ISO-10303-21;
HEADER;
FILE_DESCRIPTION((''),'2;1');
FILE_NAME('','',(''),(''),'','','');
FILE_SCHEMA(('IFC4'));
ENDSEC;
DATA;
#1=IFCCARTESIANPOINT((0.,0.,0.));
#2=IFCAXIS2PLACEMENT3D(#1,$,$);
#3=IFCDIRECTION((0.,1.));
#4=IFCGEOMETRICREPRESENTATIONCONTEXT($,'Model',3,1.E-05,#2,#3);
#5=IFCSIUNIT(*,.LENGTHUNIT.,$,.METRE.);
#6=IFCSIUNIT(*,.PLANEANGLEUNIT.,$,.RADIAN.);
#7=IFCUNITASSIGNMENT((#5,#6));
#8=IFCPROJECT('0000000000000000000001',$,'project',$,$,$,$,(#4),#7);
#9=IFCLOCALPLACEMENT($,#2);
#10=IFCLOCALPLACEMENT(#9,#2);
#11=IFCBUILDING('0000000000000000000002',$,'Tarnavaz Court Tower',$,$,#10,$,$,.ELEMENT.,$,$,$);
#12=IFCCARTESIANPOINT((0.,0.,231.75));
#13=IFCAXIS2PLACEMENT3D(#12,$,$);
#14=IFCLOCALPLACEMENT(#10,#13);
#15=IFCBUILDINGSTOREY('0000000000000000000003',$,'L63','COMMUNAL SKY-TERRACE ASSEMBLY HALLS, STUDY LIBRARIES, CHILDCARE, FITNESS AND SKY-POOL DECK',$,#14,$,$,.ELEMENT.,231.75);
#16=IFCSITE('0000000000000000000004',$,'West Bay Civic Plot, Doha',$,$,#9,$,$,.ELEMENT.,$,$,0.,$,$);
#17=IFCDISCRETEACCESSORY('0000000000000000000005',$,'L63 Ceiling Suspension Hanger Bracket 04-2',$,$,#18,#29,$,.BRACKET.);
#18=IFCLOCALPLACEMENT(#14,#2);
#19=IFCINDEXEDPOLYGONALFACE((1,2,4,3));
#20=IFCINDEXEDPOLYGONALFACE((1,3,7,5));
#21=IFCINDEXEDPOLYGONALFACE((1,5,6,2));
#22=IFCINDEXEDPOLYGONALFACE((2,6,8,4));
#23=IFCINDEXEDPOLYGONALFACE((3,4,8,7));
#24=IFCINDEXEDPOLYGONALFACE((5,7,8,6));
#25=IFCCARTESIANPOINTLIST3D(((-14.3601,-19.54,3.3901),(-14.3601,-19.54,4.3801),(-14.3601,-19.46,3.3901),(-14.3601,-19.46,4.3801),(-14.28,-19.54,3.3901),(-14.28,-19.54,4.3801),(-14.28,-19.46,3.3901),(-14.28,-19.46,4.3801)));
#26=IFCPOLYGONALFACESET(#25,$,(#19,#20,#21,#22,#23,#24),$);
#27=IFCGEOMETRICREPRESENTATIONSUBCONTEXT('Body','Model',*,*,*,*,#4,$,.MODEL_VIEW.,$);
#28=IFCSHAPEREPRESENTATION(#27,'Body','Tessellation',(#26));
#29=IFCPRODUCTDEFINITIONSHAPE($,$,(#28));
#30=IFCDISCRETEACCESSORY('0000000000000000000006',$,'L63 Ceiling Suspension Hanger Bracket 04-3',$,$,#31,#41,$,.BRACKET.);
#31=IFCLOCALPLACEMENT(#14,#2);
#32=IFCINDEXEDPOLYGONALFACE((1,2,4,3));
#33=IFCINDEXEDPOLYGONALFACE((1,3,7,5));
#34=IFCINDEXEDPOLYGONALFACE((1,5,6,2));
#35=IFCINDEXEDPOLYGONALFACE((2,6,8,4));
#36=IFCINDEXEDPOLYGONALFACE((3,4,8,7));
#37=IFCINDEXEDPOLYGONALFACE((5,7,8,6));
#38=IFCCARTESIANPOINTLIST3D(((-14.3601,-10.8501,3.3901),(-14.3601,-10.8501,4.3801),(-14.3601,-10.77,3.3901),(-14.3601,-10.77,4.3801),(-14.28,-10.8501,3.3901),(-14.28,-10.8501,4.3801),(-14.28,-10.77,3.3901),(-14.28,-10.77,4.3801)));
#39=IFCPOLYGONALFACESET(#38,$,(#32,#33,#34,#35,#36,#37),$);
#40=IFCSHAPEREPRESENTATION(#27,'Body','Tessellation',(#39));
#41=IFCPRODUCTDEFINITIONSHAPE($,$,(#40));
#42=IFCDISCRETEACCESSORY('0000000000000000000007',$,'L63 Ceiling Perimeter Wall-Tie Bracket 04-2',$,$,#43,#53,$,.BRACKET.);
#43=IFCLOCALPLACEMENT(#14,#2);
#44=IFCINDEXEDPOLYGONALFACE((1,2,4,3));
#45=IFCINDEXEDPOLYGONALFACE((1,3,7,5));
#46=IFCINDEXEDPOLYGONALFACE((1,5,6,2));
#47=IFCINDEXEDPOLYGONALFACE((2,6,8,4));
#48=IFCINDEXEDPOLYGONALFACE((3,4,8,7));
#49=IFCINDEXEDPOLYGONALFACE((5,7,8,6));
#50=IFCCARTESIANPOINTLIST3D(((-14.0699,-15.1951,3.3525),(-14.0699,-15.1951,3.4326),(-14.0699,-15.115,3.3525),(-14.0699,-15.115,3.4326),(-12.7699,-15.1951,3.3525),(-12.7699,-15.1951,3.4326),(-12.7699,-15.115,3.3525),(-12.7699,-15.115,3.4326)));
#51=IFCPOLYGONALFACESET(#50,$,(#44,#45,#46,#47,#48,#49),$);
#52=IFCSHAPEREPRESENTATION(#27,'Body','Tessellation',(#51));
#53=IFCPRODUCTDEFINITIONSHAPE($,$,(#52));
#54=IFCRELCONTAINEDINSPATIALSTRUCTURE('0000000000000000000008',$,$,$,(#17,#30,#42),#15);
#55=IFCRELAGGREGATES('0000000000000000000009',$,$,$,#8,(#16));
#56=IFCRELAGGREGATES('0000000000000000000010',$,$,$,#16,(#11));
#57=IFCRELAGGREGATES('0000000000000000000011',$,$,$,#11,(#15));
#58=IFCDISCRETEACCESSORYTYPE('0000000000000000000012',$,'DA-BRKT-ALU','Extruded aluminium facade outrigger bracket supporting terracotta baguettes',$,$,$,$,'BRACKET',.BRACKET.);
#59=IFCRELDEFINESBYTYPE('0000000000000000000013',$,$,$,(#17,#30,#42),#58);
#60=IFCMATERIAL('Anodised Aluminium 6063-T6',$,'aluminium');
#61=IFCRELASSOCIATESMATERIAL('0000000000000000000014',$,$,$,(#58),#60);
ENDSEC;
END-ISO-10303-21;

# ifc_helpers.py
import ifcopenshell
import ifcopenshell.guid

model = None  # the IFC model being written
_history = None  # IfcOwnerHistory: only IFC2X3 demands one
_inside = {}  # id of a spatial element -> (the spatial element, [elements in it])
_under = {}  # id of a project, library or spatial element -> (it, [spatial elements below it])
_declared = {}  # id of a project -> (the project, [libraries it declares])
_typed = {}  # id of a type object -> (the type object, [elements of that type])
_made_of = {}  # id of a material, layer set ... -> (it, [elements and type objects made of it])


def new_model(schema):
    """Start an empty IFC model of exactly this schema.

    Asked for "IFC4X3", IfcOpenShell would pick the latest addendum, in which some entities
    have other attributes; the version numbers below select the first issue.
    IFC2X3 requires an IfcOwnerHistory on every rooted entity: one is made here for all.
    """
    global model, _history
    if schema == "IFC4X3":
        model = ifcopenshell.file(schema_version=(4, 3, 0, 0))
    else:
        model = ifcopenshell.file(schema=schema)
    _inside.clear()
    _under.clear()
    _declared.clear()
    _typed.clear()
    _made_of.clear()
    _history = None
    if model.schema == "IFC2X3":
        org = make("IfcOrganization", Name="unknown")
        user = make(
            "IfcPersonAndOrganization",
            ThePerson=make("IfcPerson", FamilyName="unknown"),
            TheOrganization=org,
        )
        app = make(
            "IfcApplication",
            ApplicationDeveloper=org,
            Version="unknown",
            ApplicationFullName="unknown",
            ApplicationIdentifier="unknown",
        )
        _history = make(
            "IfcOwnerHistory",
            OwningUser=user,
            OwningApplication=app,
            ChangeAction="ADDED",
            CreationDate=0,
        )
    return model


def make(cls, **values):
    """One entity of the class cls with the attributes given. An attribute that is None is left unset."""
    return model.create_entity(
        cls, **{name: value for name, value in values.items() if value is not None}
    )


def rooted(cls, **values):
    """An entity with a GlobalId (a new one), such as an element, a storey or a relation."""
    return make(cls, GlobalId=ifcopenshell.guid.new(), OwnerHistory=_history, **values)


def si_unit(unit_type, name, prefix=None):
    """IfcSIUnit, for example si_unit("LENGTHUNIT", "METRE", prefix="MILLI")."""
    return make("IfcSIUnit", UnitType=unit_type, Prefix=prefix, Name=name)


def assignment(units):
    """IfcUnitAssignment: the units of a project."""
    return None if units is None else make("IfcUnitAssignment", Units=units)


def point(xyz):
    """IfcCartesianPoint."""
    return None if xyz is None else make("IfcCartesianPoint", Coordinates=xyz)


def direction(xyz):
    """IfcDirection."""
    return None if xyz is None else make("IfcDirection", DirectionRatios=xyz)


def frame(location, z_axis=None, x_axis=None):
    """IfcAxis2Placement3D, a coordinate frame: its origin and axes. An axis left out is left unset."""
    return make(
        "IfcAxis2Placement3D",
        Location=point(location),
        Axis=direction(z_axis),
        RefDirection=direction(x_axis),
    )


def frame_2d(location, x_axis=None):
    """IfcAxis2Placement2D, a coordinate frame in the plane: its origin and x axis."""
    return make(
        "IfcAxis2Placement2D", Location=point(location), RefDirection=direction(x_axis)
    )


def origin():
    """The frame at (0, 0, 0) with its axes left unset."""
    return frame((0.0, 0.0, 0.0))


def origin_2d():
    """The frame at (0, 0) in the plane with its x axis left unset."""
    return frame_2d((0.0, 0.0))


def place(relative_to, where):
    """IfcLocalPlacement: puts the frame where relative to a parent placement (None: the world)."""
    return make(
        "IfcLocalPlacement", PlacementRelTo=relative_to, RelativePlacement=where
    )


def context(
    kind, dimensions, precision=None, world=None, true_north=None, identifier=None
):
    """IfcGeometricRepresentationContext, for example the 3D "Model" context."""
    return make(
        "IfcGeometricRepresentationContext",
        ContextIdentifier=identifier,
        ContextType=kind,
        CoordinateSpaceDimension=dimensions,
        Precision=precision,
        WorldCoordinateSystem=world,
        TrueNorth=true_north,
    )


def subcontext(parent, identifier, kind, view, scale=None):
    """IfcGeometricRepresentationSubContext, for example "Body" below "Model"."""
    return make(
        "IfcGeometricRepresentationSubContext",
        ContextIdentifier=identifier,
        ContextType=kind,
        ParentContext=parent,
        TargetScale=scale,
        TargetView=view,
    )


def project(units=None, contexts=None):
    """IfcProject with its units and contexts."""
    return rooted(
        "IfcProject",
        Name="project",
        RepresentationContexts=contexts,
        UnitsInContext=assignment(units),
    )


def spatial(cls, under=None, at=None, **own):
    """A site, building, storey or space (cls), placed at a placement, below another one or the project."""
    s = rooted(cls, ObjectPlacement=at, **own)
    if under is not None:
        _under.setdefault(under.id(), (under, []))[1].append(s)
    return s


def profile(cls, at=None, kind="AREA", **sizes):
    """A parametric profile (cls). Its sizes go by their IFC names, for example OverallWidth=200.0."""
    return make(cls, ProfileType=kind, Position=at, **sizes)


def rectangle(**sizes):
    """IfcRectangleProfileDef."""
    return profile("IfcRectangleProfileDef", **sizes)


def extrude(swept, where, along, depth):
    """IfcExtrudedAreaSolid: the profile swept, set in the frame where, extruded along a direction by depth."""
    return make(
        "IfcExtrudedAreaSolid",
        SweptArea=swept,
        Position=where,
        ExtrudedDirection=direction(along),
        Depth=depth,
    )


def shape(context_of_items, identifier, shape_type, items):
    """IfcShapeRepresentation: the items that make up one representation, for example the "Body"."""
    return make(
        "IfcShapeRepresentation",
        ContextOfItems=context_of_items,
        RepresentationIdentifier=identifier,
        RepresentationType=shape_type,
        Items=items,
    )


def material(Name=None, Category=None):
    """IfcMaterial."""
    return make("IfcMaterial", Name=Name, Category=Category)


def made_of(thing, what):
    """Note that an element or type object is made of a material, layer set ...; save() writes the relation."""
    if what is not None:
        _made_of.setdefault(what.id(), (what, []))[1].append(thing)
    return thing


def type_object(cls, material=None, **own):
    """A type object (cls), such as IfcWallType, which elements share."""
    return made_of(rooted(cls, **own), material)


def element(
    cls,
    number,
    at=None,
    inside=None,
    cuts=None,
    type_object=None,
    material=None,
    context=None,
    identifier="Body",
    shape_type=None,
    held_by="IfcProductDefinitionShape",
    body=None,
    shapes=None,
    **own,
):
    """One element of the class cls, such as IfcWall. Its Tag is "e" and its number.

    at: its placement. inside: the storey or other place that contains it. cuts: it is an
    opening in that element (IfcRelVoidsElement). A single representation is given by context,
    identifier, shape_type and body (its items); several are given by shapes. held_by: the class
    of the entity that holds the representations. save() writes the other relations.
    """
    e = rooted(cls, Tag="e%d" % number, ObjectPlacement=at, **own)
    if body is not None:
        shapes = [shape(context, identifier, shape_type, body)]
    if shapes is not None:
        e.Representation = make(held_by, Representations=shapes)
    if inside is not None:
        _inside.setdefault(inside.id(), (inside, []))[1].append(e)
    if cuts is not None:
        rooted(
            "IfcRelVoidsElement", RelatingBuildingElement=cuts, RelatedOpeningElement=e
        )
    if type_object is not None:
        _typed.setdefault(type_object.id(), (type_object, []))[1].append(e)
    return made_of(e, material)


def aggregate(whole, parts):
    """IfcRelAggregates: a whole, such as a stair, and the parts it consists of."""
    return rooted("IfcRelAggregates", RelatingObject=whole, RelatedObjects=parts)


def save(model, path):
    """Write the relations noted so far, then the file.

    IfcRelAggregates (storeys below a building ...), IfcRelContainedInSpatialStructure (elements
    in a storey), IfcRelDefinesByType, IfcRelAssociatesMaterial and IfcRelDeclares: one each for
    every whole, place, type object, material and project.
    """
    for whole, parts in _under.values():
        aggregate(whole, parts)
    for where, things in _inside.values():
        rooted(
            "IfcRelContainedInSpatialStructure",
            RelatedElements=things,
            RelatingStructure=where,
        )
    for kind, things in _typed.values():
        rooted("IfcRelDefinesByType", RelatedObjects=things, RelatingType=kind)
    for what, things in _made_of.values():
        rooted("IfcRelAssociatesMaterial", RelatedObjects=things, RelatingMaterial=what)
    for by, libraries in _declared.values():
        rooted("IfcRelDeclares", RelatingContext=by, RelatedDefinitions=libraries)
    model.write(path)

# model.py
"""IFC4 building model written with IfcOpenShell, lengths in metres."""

from ifc_helpers import new_model, si_unit, direction, frame, origin, origin_2d, place, context, subcontext, project, spatial, rectangle, extrude, material, type_object, element, save


model = new_model("IFC4")

# Units and contexts
model_context = context("Model", 3, precision=1e-05, world=origin(), true_north=direction((0.0, 1.0)))
body_context = subcontext(model_context, "Body", "Model", "MODEL_VIEW")
ifc_project = project(units=[si_unit("LENGTHUNIT", "METRE"), si_unit("PLANEANGLEUNIT", "RADIAN")], contexts=[model_context])

# Site, building, storey
site_placement = place(None, origin())
site = spatial("IfcSite", under=ifc_project, at=site_placement, Name="West Bay Civic Plot, Doha", CompositionType="ELEMENT", RefElevation=0.0)
building_placement = place(site_placement, origin())
building = spatial("IfcBuilding", under=site, at=building_placement, Name="Tarnavaz Court Tower", CompositionType="ELEMENT")
storey_placement = place(building_placement, frame((0.0, 0.0, 231.75)))
storey = spatial("IfcBuildingStorey", under=building, at=storey_placement, Name="L63", Description="COMMUNAL SKY-TERRACE ASSEMBLY HALLS, STUDY LIBRARIES, CHILDCARE, FITNESS AND SKY-POOL DECK", CompositionType="ELEMENT", Elevation=231.75)

# Shared definitions
ifc_material_1 = material(Name="Anodised Aluminium 6063-T6", Category="aluminium")

# Discrete accessories
discrete_accessory_type = type_object("IfcDiscreteAccessoryType", Name="DA-BRKT-ALU", Description="Extruded aluminium facade outrigger bracket supporting terracotta baguettes", ElementType="BRACKET", PredefinedType="BRACKET", material=ifc_material_1)
for number, where, z_axis, x_axis, name in (
    (1, (-14.3201, -19.5, 3.3901), (0.0, 0.0, 1.0), (1.0, 0.0, 0.0), "L63 Ceiling Suspension Hanger Bracket 04-2"),
    (2, (-14.3201, -10.8101, 3.3901), (0.0, 0.0, 1.0), (1.0, 0.0, 0.0), "L63 Ceiling Suspension Hanger Bracket 04-3"),
):
    element("IfcDiscreteAccessory", number, at=place(storey_placement, frame(where, z_axis=z_axis, x_axis=x_axis)), inside=storey, type_object=discrete_accessory_type, Name=name, PredefinedType="BRACKET", context=body_context, shape_type="SweptSolid", body=[
        extrude(rectangle(XDim=0.0801, YDim=0.0801, at=origin_2d()), origin(), (0.0, 0.0, 1.0), 0.99),
    ])
discrete_accessory_1_placement = place(storey_placement, frame((-13.4199, -15.155, 3.3525), z_axis=(0.0, 0.0, 1.0), x_axis=(1.0, 0.0, 0.0)))
element("IfcDiscreteAccessory", 3, at=discrete_accessory_1_placement, inside=storey, type_object=discrete_accessory_type, Name="L63 Ceiling Perimeter Wall-Tie Bracket 04-2", PredefinedType="BRACKET", context=body_context, shape_type="SweptSolid", body=[
    extrude(rectangle(XDim=1.3, YDim=0.0801, at=origin_2d()), origin(), (0.0, 0.0, 1.0), 0.0801),
])

save(model, "model.ifc")
